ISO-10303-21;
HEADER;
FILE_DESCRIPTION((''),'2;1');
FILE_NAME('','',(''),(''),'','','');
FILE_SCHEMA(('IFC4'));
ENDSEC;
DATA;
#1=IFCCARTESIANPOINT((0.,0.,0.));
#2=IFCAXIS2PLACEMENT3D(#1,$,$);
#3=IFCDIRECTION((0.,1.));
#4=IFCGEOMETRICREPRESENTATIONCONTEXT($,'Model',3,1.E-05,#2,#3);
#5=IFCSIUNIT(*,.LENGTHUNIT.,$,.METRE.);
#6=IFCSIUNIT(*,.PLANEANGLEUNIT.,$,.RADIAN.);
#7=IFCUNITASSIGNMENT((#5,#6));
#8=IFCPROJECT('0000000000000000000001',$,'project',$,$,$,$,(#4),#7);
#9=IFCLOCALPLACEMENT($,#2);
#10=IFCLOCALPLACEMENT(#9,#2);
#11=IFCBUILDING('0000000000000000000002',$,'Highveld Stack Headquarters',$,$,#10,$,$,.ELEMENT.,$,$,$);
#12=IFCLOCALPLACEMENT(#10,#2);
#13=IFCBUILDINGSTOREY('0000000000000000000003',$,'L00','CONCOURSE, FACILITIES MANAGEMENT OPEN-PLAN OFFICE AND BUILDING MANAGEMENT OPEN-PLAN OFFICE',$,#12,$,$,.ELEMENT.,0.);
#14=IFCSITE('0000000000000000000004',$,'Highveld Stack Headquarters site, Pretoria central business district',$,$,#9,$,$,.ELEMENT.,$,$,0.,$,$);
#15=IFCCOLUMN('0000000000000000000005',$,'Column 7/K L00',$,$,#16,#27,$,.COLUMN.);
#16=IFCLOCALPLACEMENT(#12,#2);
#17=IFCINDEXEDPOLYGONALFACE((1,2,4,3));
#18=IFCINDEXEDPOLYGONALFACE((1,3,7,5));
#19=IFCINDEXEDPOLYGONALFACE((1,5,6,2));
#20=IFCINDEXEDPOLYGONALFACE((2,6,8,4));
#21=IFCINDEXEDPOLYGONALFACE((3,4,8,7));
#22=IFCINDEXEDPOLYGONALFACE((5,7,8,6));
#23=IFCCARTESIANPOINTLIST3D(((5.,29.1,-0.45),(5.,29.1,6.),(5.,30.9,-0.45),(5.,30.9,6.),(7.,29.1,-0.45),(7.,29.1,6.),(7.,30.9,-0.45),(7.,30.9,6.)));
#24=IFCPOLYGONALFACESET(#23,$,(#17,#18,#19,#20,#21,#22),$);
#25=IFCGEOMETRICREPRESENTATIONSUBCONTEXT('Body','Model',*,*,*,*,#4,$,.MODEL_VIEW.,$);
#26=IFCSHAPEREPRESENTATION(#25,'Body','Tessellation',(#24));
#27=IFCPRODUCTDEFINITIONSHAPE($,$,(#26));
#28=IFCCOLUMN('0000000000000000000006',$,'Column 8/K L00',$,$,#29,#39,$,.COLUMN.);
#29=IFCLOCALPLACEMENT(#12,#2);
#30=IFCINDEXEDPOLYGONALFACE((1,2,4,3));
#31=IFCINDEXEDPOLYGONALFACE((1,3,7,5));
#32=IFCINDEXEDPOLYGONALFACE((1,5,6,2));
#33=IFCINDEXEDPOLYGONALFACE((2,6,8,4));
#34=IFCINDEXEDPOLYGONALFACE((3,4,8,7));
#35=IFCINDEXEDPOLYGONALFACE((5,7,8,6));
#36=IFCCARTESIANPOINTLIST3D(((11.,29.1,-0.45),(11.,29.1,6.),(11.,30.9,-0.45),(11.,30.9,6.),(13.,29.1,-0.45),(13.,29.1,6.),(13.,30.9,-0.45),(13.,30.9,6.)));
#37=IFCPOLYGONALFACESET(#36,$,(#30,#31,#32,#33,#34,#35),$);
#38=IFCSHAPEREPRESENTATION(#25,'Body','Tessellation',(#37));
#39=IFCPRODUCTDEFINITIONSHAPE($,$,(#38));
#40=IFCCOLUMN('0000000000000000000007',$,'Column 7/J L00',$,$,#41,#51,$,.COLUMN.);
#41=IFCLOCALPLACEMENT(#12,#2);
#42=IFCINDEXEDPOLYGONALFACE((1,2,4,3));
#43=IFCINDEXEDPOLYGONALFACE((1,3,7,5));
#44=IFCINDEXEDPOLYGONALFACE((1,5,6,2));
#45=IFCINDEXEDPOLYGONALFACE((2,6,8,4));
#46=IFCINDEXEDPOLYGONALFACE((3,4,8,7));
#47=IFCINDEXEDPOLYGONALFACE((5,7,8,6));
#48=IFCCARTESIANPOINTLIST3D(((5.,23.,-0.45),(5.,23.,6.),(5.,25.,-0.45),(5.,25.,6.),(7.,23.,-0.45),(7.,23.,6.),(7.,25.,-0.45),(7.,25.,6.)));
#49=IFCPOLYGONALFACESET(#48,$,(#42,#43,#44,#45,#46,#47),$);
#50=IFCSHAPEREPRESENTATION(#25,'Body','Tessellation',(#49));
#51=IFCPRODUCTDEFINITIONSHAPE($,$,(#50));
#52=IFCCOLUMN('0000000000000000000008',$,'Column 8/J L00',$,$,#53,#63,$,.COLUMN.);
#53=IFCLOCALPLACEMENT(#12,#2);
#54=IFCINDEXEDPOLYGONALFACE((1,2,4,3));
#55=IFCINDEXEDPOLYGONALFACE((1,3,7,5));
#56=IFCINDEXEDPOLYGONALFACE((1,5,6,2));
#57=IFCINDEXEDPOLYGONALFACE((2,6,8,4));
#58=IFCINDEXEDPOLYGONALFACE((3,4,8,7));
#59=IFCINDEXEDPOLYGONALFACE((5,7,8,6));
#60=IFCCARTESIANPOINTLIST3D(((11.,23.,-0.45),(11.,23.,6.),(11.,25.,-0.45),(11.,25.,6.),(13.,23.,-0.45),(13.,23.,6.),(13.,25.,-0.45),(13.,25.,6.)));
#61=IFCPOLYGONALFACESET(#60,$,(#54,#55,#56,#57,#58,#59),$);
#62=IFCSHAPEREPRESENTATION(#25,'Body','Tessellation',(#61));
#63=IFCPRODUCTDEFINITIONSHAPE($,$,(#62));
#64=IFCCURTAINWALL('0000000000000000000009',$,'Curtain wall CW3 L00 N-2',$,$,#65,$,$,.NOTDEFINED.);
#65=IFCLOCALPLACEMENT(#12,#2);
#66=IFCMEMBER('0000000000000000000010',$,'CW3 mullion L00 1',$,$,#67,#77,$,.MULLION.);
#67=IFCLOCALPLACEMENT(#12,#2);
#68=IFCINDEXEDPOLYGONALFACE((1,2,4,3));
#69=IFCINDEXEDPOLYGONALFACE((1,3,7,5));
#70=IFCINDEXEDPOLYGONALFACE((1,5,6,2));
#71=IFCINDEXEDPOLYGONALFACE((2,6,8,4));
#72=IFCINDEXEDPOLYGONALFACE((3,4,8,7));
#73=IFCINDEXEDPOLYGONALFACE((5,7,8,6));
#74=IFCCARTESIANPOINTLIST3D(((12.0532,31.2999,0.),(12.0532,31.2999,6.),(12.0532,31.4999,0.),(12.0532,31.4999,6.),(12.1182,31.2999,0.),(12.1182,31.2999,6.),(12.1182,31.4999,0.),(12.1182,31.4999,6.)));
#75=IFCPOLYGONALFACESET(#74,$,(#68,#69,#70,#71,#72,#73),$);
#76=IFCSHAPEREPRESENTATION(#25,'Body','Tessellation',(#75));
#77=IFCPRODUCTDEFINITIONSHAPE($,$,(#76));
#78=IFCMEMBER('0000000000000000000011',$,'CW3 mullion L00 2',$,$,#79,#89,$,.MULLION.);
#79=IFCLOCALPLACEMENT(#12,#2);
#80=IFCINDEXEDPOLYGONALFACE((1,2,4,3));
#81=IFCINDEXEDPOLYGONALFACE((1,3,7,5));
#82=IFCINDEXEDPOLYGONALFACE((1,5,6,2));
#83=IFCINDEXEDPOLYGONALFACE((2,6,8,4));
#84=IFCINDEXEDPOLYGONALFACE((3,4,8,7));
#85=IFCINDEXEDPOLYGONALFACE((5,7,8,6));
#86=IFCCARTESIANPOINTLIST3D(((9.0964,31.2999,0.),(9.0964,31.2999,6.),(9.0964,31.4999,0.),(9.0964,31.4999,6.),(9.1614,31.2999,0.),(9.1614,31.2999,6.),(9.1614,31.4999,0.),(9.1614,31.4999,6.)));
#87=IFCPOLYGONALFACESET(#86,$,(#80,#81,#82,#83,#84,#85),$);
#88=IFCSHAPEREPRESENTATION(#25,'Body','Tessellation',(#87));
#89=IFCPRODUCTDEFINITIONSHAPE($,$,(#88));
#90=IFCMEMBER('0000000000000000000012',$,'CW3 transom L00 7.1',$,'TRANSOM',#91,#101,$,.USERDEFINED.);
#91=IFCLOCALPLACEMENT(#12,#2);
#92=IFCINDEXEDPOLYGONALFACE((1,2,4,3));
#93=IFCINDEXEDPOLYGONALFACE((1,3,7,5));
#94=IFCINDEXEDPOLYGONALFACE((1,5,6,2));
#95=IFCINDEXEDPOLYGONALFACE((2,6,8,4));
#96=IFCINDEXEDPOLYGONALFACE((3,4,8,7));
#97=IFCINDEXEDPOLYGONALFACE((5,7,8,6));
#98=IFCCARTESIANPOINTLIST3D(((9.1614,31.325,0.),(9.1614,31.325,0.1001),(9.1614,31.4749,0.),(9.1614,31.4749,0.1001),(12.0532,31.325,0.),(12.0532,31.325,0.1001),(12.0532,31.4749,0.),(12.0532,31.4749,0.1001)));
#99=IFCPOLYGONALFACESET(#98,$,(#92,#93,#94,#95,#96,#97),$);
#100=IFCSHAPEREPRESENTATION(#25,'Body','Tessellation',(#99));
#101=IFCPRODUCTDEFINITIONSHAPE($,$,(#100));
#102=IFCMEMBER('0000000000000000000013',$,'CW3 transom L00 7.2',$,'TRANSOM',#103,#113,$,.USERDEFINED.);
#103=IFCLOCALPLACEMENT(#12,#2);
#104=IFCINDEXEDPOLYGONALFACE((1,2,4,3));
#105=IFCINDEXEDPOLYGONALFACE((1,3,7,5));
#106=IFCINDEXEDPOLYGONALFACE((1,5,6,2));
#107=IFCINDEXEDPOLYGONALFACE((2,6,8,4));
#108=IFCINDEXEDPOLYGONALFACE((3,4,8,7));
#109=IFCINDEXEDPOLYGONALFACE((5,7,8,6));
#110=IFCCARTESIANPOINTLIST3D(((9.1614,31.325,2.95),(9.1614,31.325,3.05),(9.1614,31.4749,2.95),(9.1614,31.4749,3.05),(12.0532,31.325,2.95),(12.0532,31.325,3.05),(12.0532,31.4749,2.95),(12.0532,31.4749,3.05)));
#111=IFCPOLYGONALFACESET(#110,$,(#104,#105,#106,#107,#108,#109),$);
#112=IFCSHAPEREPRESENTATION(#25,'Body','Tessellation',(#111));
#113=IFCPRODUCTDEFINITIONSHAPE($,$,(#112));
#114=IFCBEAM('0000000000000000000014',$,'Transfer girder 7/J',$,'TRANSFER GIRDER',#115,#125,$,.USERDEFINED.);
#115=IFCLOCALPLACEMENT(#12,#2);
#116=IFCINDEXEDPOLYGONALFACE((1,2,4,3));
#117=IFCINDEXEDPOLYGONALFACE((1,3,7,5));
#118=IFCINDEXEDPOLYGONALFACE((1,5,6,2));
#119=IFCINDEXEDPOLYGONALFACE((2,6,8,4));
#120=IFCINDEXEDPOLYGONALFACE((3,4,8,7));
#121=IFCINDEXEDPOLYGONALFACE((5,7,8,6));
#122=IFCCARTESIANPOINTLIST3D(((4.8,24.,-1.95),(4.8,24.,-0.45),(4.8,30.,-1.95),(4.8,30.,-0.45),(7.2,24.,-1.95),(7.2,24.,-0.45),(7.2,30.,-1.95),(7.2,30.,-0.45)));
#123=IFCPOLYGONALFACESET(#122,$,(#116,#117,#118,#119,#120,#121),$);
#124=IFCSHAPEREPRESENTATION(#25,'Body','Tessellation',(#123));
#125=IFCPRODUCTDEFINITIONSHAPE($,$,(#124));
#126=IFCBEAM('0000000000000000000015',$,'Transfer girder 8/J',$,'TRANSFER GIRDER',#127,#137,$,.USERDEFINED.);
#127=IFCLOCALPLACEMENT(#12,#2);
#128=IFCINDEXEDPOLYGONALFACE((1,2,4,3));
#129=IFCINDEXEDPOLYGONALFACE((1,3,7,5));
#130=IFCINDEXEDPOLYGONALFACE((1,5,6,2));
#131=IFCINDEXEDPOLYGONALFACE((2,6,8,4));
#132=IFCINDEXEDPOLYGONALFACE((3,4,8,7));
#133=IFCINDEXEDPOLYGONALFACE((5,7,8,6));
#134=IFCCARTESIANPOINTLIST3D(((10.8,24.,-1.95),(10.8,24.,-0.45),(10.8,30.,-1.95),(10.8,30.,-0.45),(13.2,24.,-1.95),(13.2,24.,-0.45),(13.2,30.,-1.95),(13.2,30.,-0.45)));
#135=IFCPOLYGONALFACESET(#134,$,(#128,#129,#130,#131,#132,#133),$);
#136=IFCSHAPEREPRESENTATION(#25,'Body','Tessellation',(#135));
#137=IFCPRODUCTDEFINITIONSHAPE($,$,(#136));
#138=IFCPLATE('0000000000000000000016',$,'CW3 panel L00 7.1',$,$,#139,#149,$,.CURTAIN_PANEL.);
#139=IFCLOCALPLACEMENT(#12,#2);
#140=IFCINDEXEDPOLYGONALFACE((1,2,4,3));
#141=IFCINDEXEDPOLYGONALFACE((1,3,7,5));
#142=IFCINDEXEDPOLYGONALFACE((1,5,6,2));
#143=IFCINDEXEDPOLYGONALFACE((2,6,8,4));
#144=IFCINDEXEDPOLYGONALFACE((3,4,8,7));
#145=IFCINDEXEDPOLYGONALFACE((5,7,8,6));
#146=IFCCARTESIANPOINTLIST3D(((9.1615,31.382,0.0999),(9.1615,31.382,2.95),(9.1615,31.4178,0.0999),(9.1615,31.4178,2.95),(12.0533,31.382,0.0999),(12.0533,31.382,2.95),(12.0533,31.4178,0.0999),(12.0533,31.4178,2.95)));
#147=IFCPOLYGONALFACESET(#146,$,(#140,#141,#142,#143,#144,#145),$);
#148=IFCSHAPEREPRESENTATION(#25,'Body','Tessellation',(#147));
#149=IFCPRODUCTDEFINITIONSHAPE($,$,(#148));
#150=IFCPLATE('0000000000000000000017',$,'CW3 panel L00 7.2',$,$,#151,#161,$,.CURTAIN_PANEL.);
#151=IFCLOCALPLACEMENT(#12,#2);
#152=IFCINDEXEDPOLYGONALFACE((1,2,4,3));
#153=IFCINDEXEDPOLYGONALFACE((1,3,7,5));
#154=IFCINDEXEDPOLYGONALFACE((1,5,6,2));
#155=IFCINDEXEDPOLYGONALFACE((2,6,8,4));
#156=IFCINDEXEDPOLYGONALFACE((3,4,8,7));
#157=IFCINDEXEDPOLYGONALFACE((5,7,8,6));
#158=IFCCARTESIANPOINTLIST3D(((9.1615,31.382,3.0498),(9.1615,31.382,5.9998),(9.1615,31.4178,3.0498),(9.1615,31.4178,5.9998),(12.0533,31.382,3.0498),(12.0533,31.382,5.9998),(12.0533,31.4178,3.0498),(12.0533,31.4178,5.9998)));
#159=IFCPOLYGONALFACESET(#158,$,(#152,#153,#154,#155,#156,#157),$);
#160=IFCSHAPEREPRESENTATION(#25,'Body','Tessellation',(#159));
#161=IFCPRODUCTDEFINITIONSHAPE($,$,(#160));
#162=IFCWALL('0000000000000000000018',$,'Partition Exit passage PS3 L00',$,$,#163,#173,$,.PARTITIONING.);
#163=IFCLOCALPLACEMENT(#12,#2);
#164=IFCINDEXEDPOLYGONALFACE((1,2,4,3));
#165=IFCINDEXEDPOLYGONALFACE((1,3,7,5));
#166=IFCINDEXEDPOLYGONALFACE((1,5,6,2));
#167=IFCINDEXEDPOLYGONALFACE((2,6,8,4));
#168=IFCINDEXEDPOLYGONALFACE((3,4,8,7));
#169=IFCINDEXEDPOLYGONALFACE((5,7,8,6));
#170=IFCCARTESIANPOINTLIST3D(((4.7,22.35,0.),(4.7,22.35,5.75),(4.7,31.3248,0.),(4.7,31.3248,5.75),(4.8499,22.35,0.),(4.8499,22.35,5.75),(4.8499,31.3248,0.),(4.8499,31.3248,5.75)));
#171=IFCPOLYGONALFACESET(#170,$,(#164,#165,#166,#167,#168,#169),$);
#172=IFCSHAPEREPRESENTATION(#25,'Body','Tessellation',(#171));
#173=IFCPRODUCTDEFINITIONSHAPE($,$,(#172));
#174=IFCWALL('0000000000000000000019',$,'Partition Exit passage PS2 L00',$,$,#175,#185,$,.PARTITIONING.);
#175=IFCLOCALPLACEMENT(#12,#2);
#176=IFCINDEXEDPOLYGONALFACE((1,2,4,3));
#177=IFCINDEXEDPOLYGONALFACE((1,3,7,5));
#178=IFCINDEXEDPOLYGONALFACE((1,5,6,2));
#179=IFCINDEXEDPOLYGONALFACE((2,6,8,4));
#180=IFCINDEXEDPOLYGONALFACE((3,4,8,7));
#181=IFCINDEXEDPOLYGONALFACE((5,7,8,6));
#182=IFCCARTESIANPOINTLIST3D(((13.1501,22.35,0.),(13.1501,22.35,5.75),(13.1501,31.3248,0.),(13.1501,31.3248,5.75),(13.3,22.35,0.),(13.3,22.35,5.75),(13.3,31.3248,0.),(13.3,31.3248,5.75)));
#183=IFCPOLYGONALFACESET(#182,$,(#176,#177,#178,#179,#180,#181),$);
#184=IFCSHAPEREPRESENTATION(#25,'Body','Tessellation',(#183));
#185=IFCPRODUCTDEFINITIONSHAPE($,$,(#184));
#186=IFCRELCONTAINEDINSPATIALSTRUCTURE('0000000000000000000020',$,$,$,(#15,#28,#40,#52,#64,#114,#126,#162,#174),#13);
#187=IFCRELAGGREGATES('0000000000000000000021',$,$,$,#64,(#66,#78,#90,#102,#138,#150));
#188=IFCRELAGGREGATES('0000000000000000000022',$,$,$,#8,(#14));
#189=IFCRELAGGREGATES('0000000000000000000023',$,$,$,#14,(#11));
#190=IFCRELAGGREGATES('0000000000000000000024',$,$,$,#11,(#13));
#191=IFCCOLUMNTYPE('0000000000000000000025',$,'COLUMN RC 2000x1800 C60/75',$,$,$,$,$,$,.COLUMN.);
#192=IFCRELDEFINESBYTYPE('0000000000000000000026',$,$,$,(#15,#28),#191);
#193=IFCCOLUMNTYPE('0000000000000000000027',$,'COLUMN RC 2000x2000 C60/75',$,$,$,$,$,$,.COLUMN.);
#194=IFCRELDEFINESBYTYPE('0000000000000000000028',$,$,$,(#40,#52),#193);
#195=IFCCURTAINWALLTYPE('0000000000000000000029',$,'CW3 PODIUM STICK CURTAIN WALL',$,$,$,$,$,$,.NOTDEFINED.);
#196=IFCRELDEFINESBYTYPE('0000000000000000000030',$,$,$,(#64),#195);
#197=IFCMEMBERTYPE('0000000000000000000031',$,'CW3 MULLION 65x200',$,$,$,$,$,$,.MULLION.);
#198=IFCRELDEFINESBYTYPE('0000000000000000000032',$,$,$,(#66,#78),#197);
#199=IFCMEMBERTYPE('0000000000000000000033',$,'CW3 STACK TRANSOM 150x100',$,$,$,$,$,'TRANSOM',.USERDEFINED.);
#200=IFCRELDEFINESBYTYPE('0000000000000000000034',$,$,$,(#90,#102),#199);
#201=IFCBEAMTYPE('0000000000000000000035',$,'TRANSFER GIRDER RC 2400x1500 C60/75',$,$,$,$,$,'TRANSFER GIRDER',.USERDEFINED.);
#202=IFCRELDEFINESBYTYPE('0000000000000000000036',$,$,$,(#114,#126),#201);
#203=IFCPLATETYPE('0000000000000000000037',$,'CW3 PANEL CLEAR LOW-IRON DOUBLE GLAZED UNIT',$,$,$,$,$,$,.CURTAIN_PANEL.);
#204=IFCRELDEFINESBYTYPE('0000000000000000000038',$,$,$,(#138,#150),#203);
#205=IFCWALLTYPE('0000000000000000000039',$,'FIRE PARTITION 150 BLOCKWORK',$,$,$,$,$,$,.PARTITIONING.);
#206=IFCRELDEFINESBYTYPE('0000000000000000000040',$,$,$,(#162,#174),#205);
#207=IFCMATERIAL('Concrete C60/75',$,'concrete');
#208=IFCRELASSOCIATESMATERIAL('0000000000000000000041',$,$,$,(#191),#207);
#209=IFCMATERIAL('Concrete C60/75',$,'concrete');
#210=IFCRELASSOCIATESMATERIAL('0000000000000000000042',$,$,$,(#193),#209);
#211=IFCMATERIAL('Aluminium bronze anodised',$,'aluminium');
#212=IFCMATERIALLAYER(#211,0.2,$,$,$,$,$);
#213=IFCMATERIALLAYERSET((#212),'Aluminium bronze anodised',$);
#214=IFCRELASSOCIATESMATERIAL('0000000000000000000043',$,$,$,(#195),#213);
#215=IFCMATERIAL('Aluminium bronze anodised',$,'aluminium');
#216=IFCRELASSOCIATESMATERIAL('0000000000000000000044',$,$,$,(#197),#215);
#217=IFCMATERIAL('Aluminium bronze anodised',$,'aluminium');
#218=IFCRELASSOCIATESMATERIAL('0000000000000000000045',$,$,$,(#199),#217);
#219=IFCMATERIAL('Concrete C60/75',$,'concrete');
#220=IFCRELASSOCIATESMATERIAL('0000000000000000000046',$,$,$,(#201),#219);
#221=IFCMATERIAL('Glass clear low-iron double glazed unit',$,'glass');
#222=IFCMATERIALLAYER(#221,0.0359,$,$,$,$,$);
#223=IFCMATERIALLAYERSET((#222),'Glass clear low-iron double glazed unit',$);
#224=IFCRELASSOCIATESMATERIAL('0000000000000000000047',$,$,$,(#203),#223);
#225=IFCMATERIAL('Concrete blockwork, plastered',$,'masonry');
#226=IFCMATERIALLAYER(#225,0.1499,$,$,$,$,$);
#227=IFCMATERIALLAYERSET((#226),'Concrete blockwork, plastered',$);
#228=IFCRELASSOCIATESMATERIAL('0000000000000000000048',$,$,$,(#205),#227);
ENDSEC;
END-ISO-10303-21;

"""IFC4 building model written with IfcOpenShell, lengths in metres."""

from ifc_helpers import new_model, si_unit, direction, frame, frame_2d, origin, origin_2d, place, context, subcontext, project, spatial, rectangle, extrude, material, layer, layer_set, material_profile, profile_set, type_object, element, aggregate, save


model = new_model("IFC4")

# Units and contexts
model_context = context("Model", 3, precision=1e-05, world=origin(), true_north=direction((0.0, 1.0)))
body_context = subcontext(model_context, "Body", "Model", "MODEL_VIEW")
ifc_project = project(units=[si_unit("LENGTHUNIT", "METRE"), si_unit("PLANEANGLEUNIT", "RADIAN")], contexts=[model_context])

# Site, building, storey
site_placement = place(None, origin())
site = spatial("IfcSite", under=ifc_project, at=site_placement, Name="Highveld Stack Headquarters site, Pretoria central business district", CompositionType="ELEMENT", RefElevation=0.0)
building_placement = place(site_placement, origin())
building = spatial("IfcBuilding", under=site, at=building_placement, Name="Highveld Stack Headquarters", CompositionType="ELEMENT")
storey_placement = place(building_placement, origin())
storey = spatial("IfcBuildingStorey", under=building, at=storey_placement, Name="L00", Description="CONCOURSE, FACILITIES MANAGEMENT OPEN-PLAN OFFICE AND BUILDING MANAGEMENT OPEN-PLAN OFFICE", CompositionType="ELEMENT", Elevation=0.0)

# Columns
ifc_material_1 = material(Name="Concrete C60/75", Category="concrete")
ifc_material_profile_1 = material_profile(ifc_material_1, rectangle(XDim=2.0, YDim=1.8, at=origin_2d()), Name="RC 2000x1800")
ifc_profile_set_1 = profile_set([ifc_material_profile_1], Name="Concrete C60/75")
column_type_1 = type_object("IfcColumnType", Name="COLUMN RC 2000x1800 C60/75", PredefinedType="COLUMN", material=ifc_profile_set_1)
for number, where, z_axis, x_axis, name in (
    (1, (6.0, 30.0, -0.45), (0.0, 0.0, 1.0), (1.0, 0.0, 0.0), "Column 7/K L00"),
    (2, (12.0, 30.0, -0.45), (0.0, 0.0, 1.0), (1.0, 0.0, 0.0), "Column 8/K L00"),
):
    element("IfcColumn", number, at=place(storey_placement, frame(where, z_axis=z_axis, x_axis=x_axis)), inside=storey, type_object=column_type_1, Name=name, PredefinedType="COLUMN", context=body_context, shape_type="SweptSolid", body=[
        extrude(rectangle(XDim=2.0, YDim=1.8, at=origin_2d()), origin(), (0.0, 0.0, 1.0), 6.45),
    ])
ifc_material_2 = material(Name="Concrete C60/75", Category="concrete")
ifc_material_profile_2 = material_profile(ifc_material_2, rectangle(XDim=2.0, YDim=2.0, at=origin_2d()), Name="RC 2000x2000")
ifc_profile_set_2 = profile_set([ifc_material_profile_2], Name="Concrete C60/75")
column_type_2 = type_object("IfcColumnType", Name="COLUMN RC 2000x2000 C60/75", PredefinedType="COLUMN", material=ifc_profile_set_2)
for number, where, z_axis, x_axis, name in (
    (3, (6.0, 24.0, -0.45), (0.0, 0.0, 1.0), (1.0, 0.0, 0.0), "Column 7/J L00"),
    (4, (12.0, 24.0, -0.45), (0.0, 0.0, 1.0), (1.0, 0.0, 0.0), "Column 8/J L00"),
):
    element("IfcColumn", number, at=place(storey_placement, frame(where, z_axis=z_axis, x_axis=x_axis)), inside=storey, type_object=column_type_2, Name=name, PredefinedType="COLUMN", context=body_context, shape_type="SweptSolid", body=[
        extrude(rectangle(XDim=2.0, YDim=2.0, at=origin_2d()), origin(), (0.0, 0.0, 1.0), 6.45),
    ])

# Curtain wall, members
ifc_material_3 = material(Name="Aluminium bronze anodised", Category="aluminium")
ifc_layer_1 = layer(ifc_material_3, 0.2)
ifc_layer_set_1 = layer_set([ifc_layer_1], Name="Aluminium bronze anodised")
curtain_wall_type = type_object("IfcCurtainWallType", Name="CW3 PODIUM STICK CURTAIN WALL", PredefinedType="NOTDEFINED", material=ifc_layer_set_1)
curtain_wall_placement = place(storey_placement, origin())
curtain_wall = element("IfcCurtainWall", 5, at=curtain_wall_placement, inside=storey, type_object=curtain_wall_type, Name="Curtain wall CW3 L00 N-2", PredefinedType="NOTDEFINED")
ifc_material_4 = material(Name="Aluminium bronze anodised", Category="aluminium")
ifc_material_profile_3 = material_profile(ifc_material_4, rectangle(XDim=0.2, YDim=0.0649, at=origin_2d()), Name="CW3 MULLION 65x200")
ifc_profile_set_3 = profile_set([ifc_material_profile_3], Name="Aluminium bronze anodised")
member_type_1 = type_object("IfcMemberType", Name="CW3 MULLION 65x200", PredefinedType="MULLION", material=ifc_profile_set_3)
member_1_placement = place(storey_placement, frame((12.0857, 31.3999, 0.0), z_axis=(0.0, 0.0, 1.0), x_axis=(0.0, -1.0, 0.0)))
member_1 = element("IfcMember", 6, at=member_1_placement, type_object=member_type_1, Name="CW3 mullion L00 1", PredefinedType="MULLION", context=body_context, shape_type="SweptSolid", body=[
    extrude(rectangle(XDim=0.2, YDim=0.0649, at=origin_2d()), origin(), (0.0, 0.0, 1.0), 6.0),
])
member_2_placement = place(storey_placement, frame((9.1289, 31.3999, 0.0), z_axis=(0.0, 0.0, 1.0), x_axis=(0.0, -1.0, 0.0)))
member_2 = element("IfcMember", 7, at=member_2_placement, type_object=member_type_1, Name="CW3 mullion L00 2", PredefinedType="MULLION", context=body_context, shape_type="SweptSolid", body=[
    extrude(rectangle(XDim=0.2, YDim=0.0649, at=origin_2d()), origin(), (0.0, 0.0, 1.0), 6.0),
])
ifc_material_5 = material(Name="Aluminium bronze anodised", Category="aluminium")
ifc_material_profile_4 = material_profile(ifc_material_5, rectangle(XDim=0.1499, YDim=0.1001, at=origin_2d()), Name="CW3 TRANSOM 150x100")
ifc_profile_set_4 = profile_set([ifc_material_profile_4], Name="Aluminium bronze anodised")
member_type_2 = type_object("IfcMemberType", Name="CW3 STACK TRANSOM 150x100", ElementType="TRANSOM", PredefinedType="USERDEFINED", material=ifc_profile_set_4)
member_3_placement = place(storey_placement, frame((12.0532, 31.3999, 0.05), z_axis=(-1.0, 0.0, 0.0), x_axis=(0.0, -1.0, 0.0)))
member_3 = element("IfcMember", 8, at=member_3_placement, type_object=member_type_2, Name="CW3 transom L00 7.1", ObjectType="TRANSOM", PredefinedType="USERDEFINED", context=body_context, shape_type="SweptSolid", body=[
    extrude(rectangle(XDim=0.1499, YDim=0.1001, at=origin_2d()), origin(), (0.0, 0.0, 1.0), 2.8918),
])
member_4_placement = place(storey_placement, frame((12.0532, 31.3999, 3.0), z_axis=(-1.0, 0.0, 0.0), x_axis=(0.0, -1.0, 0.0)))
member_4 = element("IfcMember", 9, at=member_4_placement, type_object=member_type_2, Name="CW3 transom L00 7.2", ObjectType="TRANSOM", PredefinedType="USERDEFINED", context=body_context, shape_type="SweptSolid", body=[
    extrude(rectangle(XDim=0.1499, YDim=0.1001, at=origin_2d()), origin(), (0.0, 0.0, 1.0), 2.8918),
])

# Beams
ifc_material_6 = material(Name="Concrete C60/75", Category="concrete")
ifc_material_profile_5 = material_profile(ifc_material_6, rectangle(XDim=2.3999, YDim=1.5, at=origin_2d()), Name="RC 2400x1500")
ifc_profile_set_5 = profile_set([ifc_material_profile_5], Name="Concrete C60/75")
beam_type = type_object("IfcBeamType", Name="TRANSFER GIRDER RC 2400x1500 C60/75", ElementType="TRANSFER GIRDER", PredefinedType="USERDEFINED", material=ifc_profile_set_5)
for number, where, z_axis, x_axis, name in (
    (10, (6.0, 24.0, -1.2), (0.0, 1.0, 0.0), (-1.0, 0.0, 0.0), "Transfer girder 7/J"),
    (11, (12.0, 24.0, -1.2), (0.0, 1.0, 0.0), (-1.0, 0.0, 0.0), "Transfer girder 8/J"),
):
    element("IfcBeam", number, at=place(storey_placement, frame(where, z_axis=z_axis, x_axis=x_axis)), inside=storey, type_object=beam_type, Name=name, ObjectType="TRANSFER GIRDER", PredefinedType="USERDEFINED", context=body_context, shape_type="SweptSolid", body=[
        extrude(rectangle(XDim=2.3999, YDim=1.5, at=origin_2d()), origin(), (0.0, 0.0, 1.0), 6.0),
    ])

# Plates
ifc_material_7 = material(Name="Glass clear low-iron double glazed unit", Category="glass")
ifc_layer_2 = layer(ifc_material_7, 0.0359)
ifc_layer_set_2 = layer_set([ifc_layer_2], Name="Glass clear low-iron double glazed unit")
plate_type = type_object("IfcPlateType", Name="CW3 PANEL CLEAR LOW-IRON DOUBLE GLAZED UNIT", PredefinedType="CURTAIN_PANEL", material=ifc_layer_set_2)
plate_1_placement = place(storey_placement, frame((10.6074, 31.3999, 0.0999), z_axis=(0.0, 0.0, 1.0), x_axis=(-1.0, 0.0, 0.0)))
plate_1 = element("IfcPlate", 12, at=plate_1_placement, type_object=plate_type, Name="CW3 panel L00 7.1", PredefinedType="CURTAIN_PANEL", context=body_context, shape_type="SweptSolid", body=[
    extrude(rectangle(XDim=2.8918, YDim=0.0359, at=origin_2d()), origin(), (0.0, 0.0, 1.0), 2.8501),
])
plate_2_placement = place(storey_placement, frame((10.6074, 31.3999, 3.0498), z_axis=(0.0, 0.0, 1.0), x_axis=(-1.0, 0.0, 0.0)))
plate_2 = element("IfcPlate", 13, at=plate_2_placement, type_object=plate_type, Name="CW3 panel L00 7.2", PredefinedType="CURTAIN_PANEL", context=body_context, shape_type="SweptSolid", body=[
    extrude(rectangle(XDim=2.8918, YDim=0.0359, at=origin_2d()), origin(), (0.0, 0.0, 1.0), 2.95),
])
aggregate(curtain_wall, [member_1, member_2, member_3, member_4, plate_1, plate_2])

# Walls
ifc_material_8 = material(Name="Concrete blockwork, plastered", Category="masonry")
ifc_layer_3 = layer(ifc_material_8, 0.1499)
ifc_layer_set_3 = layer_set([ifc_layer_3], Name="Concrete blockwork, plastered")
wall_type_1 = type_object("IfcWallType", Name="FIRE PARTITION 150 BLOCKWORK", PredefinedType="PARTITIONING", material=ifc_layer_set_3)
for number, where, z_axis, x_axis, name in (
    (14, (4.7749, 22.3501, 0.0), (0.0, 0.0, 1.0), (0.0, 1.0, 0.0), "Partition Exit passage PS3 L00"),
    (15, (13.2251, 22.3501, 0.0), (0.0, 0.0, 1.0), (0.0, 1.0, 0.0), "Partition Exit passage PS2 L00"),
):
    element("IfcWall", number, at=place(storey_placement, frame(where, z_axis=z_axis, x_axis=x_axis)), inside=storey, type_object=wall_type_1, Name=name, PredefinedType="PARTITIONING", context=body_context, shape_type="SweptSolid", body=[
        extrude(rectangle(XDim=8.9749, YDim=0.1499, at=frame_2d((4.4873, 0.0))), origin(), (0.0, 0.0, 1.0), 5.75),
    ])

save(model, "model.ifc")
